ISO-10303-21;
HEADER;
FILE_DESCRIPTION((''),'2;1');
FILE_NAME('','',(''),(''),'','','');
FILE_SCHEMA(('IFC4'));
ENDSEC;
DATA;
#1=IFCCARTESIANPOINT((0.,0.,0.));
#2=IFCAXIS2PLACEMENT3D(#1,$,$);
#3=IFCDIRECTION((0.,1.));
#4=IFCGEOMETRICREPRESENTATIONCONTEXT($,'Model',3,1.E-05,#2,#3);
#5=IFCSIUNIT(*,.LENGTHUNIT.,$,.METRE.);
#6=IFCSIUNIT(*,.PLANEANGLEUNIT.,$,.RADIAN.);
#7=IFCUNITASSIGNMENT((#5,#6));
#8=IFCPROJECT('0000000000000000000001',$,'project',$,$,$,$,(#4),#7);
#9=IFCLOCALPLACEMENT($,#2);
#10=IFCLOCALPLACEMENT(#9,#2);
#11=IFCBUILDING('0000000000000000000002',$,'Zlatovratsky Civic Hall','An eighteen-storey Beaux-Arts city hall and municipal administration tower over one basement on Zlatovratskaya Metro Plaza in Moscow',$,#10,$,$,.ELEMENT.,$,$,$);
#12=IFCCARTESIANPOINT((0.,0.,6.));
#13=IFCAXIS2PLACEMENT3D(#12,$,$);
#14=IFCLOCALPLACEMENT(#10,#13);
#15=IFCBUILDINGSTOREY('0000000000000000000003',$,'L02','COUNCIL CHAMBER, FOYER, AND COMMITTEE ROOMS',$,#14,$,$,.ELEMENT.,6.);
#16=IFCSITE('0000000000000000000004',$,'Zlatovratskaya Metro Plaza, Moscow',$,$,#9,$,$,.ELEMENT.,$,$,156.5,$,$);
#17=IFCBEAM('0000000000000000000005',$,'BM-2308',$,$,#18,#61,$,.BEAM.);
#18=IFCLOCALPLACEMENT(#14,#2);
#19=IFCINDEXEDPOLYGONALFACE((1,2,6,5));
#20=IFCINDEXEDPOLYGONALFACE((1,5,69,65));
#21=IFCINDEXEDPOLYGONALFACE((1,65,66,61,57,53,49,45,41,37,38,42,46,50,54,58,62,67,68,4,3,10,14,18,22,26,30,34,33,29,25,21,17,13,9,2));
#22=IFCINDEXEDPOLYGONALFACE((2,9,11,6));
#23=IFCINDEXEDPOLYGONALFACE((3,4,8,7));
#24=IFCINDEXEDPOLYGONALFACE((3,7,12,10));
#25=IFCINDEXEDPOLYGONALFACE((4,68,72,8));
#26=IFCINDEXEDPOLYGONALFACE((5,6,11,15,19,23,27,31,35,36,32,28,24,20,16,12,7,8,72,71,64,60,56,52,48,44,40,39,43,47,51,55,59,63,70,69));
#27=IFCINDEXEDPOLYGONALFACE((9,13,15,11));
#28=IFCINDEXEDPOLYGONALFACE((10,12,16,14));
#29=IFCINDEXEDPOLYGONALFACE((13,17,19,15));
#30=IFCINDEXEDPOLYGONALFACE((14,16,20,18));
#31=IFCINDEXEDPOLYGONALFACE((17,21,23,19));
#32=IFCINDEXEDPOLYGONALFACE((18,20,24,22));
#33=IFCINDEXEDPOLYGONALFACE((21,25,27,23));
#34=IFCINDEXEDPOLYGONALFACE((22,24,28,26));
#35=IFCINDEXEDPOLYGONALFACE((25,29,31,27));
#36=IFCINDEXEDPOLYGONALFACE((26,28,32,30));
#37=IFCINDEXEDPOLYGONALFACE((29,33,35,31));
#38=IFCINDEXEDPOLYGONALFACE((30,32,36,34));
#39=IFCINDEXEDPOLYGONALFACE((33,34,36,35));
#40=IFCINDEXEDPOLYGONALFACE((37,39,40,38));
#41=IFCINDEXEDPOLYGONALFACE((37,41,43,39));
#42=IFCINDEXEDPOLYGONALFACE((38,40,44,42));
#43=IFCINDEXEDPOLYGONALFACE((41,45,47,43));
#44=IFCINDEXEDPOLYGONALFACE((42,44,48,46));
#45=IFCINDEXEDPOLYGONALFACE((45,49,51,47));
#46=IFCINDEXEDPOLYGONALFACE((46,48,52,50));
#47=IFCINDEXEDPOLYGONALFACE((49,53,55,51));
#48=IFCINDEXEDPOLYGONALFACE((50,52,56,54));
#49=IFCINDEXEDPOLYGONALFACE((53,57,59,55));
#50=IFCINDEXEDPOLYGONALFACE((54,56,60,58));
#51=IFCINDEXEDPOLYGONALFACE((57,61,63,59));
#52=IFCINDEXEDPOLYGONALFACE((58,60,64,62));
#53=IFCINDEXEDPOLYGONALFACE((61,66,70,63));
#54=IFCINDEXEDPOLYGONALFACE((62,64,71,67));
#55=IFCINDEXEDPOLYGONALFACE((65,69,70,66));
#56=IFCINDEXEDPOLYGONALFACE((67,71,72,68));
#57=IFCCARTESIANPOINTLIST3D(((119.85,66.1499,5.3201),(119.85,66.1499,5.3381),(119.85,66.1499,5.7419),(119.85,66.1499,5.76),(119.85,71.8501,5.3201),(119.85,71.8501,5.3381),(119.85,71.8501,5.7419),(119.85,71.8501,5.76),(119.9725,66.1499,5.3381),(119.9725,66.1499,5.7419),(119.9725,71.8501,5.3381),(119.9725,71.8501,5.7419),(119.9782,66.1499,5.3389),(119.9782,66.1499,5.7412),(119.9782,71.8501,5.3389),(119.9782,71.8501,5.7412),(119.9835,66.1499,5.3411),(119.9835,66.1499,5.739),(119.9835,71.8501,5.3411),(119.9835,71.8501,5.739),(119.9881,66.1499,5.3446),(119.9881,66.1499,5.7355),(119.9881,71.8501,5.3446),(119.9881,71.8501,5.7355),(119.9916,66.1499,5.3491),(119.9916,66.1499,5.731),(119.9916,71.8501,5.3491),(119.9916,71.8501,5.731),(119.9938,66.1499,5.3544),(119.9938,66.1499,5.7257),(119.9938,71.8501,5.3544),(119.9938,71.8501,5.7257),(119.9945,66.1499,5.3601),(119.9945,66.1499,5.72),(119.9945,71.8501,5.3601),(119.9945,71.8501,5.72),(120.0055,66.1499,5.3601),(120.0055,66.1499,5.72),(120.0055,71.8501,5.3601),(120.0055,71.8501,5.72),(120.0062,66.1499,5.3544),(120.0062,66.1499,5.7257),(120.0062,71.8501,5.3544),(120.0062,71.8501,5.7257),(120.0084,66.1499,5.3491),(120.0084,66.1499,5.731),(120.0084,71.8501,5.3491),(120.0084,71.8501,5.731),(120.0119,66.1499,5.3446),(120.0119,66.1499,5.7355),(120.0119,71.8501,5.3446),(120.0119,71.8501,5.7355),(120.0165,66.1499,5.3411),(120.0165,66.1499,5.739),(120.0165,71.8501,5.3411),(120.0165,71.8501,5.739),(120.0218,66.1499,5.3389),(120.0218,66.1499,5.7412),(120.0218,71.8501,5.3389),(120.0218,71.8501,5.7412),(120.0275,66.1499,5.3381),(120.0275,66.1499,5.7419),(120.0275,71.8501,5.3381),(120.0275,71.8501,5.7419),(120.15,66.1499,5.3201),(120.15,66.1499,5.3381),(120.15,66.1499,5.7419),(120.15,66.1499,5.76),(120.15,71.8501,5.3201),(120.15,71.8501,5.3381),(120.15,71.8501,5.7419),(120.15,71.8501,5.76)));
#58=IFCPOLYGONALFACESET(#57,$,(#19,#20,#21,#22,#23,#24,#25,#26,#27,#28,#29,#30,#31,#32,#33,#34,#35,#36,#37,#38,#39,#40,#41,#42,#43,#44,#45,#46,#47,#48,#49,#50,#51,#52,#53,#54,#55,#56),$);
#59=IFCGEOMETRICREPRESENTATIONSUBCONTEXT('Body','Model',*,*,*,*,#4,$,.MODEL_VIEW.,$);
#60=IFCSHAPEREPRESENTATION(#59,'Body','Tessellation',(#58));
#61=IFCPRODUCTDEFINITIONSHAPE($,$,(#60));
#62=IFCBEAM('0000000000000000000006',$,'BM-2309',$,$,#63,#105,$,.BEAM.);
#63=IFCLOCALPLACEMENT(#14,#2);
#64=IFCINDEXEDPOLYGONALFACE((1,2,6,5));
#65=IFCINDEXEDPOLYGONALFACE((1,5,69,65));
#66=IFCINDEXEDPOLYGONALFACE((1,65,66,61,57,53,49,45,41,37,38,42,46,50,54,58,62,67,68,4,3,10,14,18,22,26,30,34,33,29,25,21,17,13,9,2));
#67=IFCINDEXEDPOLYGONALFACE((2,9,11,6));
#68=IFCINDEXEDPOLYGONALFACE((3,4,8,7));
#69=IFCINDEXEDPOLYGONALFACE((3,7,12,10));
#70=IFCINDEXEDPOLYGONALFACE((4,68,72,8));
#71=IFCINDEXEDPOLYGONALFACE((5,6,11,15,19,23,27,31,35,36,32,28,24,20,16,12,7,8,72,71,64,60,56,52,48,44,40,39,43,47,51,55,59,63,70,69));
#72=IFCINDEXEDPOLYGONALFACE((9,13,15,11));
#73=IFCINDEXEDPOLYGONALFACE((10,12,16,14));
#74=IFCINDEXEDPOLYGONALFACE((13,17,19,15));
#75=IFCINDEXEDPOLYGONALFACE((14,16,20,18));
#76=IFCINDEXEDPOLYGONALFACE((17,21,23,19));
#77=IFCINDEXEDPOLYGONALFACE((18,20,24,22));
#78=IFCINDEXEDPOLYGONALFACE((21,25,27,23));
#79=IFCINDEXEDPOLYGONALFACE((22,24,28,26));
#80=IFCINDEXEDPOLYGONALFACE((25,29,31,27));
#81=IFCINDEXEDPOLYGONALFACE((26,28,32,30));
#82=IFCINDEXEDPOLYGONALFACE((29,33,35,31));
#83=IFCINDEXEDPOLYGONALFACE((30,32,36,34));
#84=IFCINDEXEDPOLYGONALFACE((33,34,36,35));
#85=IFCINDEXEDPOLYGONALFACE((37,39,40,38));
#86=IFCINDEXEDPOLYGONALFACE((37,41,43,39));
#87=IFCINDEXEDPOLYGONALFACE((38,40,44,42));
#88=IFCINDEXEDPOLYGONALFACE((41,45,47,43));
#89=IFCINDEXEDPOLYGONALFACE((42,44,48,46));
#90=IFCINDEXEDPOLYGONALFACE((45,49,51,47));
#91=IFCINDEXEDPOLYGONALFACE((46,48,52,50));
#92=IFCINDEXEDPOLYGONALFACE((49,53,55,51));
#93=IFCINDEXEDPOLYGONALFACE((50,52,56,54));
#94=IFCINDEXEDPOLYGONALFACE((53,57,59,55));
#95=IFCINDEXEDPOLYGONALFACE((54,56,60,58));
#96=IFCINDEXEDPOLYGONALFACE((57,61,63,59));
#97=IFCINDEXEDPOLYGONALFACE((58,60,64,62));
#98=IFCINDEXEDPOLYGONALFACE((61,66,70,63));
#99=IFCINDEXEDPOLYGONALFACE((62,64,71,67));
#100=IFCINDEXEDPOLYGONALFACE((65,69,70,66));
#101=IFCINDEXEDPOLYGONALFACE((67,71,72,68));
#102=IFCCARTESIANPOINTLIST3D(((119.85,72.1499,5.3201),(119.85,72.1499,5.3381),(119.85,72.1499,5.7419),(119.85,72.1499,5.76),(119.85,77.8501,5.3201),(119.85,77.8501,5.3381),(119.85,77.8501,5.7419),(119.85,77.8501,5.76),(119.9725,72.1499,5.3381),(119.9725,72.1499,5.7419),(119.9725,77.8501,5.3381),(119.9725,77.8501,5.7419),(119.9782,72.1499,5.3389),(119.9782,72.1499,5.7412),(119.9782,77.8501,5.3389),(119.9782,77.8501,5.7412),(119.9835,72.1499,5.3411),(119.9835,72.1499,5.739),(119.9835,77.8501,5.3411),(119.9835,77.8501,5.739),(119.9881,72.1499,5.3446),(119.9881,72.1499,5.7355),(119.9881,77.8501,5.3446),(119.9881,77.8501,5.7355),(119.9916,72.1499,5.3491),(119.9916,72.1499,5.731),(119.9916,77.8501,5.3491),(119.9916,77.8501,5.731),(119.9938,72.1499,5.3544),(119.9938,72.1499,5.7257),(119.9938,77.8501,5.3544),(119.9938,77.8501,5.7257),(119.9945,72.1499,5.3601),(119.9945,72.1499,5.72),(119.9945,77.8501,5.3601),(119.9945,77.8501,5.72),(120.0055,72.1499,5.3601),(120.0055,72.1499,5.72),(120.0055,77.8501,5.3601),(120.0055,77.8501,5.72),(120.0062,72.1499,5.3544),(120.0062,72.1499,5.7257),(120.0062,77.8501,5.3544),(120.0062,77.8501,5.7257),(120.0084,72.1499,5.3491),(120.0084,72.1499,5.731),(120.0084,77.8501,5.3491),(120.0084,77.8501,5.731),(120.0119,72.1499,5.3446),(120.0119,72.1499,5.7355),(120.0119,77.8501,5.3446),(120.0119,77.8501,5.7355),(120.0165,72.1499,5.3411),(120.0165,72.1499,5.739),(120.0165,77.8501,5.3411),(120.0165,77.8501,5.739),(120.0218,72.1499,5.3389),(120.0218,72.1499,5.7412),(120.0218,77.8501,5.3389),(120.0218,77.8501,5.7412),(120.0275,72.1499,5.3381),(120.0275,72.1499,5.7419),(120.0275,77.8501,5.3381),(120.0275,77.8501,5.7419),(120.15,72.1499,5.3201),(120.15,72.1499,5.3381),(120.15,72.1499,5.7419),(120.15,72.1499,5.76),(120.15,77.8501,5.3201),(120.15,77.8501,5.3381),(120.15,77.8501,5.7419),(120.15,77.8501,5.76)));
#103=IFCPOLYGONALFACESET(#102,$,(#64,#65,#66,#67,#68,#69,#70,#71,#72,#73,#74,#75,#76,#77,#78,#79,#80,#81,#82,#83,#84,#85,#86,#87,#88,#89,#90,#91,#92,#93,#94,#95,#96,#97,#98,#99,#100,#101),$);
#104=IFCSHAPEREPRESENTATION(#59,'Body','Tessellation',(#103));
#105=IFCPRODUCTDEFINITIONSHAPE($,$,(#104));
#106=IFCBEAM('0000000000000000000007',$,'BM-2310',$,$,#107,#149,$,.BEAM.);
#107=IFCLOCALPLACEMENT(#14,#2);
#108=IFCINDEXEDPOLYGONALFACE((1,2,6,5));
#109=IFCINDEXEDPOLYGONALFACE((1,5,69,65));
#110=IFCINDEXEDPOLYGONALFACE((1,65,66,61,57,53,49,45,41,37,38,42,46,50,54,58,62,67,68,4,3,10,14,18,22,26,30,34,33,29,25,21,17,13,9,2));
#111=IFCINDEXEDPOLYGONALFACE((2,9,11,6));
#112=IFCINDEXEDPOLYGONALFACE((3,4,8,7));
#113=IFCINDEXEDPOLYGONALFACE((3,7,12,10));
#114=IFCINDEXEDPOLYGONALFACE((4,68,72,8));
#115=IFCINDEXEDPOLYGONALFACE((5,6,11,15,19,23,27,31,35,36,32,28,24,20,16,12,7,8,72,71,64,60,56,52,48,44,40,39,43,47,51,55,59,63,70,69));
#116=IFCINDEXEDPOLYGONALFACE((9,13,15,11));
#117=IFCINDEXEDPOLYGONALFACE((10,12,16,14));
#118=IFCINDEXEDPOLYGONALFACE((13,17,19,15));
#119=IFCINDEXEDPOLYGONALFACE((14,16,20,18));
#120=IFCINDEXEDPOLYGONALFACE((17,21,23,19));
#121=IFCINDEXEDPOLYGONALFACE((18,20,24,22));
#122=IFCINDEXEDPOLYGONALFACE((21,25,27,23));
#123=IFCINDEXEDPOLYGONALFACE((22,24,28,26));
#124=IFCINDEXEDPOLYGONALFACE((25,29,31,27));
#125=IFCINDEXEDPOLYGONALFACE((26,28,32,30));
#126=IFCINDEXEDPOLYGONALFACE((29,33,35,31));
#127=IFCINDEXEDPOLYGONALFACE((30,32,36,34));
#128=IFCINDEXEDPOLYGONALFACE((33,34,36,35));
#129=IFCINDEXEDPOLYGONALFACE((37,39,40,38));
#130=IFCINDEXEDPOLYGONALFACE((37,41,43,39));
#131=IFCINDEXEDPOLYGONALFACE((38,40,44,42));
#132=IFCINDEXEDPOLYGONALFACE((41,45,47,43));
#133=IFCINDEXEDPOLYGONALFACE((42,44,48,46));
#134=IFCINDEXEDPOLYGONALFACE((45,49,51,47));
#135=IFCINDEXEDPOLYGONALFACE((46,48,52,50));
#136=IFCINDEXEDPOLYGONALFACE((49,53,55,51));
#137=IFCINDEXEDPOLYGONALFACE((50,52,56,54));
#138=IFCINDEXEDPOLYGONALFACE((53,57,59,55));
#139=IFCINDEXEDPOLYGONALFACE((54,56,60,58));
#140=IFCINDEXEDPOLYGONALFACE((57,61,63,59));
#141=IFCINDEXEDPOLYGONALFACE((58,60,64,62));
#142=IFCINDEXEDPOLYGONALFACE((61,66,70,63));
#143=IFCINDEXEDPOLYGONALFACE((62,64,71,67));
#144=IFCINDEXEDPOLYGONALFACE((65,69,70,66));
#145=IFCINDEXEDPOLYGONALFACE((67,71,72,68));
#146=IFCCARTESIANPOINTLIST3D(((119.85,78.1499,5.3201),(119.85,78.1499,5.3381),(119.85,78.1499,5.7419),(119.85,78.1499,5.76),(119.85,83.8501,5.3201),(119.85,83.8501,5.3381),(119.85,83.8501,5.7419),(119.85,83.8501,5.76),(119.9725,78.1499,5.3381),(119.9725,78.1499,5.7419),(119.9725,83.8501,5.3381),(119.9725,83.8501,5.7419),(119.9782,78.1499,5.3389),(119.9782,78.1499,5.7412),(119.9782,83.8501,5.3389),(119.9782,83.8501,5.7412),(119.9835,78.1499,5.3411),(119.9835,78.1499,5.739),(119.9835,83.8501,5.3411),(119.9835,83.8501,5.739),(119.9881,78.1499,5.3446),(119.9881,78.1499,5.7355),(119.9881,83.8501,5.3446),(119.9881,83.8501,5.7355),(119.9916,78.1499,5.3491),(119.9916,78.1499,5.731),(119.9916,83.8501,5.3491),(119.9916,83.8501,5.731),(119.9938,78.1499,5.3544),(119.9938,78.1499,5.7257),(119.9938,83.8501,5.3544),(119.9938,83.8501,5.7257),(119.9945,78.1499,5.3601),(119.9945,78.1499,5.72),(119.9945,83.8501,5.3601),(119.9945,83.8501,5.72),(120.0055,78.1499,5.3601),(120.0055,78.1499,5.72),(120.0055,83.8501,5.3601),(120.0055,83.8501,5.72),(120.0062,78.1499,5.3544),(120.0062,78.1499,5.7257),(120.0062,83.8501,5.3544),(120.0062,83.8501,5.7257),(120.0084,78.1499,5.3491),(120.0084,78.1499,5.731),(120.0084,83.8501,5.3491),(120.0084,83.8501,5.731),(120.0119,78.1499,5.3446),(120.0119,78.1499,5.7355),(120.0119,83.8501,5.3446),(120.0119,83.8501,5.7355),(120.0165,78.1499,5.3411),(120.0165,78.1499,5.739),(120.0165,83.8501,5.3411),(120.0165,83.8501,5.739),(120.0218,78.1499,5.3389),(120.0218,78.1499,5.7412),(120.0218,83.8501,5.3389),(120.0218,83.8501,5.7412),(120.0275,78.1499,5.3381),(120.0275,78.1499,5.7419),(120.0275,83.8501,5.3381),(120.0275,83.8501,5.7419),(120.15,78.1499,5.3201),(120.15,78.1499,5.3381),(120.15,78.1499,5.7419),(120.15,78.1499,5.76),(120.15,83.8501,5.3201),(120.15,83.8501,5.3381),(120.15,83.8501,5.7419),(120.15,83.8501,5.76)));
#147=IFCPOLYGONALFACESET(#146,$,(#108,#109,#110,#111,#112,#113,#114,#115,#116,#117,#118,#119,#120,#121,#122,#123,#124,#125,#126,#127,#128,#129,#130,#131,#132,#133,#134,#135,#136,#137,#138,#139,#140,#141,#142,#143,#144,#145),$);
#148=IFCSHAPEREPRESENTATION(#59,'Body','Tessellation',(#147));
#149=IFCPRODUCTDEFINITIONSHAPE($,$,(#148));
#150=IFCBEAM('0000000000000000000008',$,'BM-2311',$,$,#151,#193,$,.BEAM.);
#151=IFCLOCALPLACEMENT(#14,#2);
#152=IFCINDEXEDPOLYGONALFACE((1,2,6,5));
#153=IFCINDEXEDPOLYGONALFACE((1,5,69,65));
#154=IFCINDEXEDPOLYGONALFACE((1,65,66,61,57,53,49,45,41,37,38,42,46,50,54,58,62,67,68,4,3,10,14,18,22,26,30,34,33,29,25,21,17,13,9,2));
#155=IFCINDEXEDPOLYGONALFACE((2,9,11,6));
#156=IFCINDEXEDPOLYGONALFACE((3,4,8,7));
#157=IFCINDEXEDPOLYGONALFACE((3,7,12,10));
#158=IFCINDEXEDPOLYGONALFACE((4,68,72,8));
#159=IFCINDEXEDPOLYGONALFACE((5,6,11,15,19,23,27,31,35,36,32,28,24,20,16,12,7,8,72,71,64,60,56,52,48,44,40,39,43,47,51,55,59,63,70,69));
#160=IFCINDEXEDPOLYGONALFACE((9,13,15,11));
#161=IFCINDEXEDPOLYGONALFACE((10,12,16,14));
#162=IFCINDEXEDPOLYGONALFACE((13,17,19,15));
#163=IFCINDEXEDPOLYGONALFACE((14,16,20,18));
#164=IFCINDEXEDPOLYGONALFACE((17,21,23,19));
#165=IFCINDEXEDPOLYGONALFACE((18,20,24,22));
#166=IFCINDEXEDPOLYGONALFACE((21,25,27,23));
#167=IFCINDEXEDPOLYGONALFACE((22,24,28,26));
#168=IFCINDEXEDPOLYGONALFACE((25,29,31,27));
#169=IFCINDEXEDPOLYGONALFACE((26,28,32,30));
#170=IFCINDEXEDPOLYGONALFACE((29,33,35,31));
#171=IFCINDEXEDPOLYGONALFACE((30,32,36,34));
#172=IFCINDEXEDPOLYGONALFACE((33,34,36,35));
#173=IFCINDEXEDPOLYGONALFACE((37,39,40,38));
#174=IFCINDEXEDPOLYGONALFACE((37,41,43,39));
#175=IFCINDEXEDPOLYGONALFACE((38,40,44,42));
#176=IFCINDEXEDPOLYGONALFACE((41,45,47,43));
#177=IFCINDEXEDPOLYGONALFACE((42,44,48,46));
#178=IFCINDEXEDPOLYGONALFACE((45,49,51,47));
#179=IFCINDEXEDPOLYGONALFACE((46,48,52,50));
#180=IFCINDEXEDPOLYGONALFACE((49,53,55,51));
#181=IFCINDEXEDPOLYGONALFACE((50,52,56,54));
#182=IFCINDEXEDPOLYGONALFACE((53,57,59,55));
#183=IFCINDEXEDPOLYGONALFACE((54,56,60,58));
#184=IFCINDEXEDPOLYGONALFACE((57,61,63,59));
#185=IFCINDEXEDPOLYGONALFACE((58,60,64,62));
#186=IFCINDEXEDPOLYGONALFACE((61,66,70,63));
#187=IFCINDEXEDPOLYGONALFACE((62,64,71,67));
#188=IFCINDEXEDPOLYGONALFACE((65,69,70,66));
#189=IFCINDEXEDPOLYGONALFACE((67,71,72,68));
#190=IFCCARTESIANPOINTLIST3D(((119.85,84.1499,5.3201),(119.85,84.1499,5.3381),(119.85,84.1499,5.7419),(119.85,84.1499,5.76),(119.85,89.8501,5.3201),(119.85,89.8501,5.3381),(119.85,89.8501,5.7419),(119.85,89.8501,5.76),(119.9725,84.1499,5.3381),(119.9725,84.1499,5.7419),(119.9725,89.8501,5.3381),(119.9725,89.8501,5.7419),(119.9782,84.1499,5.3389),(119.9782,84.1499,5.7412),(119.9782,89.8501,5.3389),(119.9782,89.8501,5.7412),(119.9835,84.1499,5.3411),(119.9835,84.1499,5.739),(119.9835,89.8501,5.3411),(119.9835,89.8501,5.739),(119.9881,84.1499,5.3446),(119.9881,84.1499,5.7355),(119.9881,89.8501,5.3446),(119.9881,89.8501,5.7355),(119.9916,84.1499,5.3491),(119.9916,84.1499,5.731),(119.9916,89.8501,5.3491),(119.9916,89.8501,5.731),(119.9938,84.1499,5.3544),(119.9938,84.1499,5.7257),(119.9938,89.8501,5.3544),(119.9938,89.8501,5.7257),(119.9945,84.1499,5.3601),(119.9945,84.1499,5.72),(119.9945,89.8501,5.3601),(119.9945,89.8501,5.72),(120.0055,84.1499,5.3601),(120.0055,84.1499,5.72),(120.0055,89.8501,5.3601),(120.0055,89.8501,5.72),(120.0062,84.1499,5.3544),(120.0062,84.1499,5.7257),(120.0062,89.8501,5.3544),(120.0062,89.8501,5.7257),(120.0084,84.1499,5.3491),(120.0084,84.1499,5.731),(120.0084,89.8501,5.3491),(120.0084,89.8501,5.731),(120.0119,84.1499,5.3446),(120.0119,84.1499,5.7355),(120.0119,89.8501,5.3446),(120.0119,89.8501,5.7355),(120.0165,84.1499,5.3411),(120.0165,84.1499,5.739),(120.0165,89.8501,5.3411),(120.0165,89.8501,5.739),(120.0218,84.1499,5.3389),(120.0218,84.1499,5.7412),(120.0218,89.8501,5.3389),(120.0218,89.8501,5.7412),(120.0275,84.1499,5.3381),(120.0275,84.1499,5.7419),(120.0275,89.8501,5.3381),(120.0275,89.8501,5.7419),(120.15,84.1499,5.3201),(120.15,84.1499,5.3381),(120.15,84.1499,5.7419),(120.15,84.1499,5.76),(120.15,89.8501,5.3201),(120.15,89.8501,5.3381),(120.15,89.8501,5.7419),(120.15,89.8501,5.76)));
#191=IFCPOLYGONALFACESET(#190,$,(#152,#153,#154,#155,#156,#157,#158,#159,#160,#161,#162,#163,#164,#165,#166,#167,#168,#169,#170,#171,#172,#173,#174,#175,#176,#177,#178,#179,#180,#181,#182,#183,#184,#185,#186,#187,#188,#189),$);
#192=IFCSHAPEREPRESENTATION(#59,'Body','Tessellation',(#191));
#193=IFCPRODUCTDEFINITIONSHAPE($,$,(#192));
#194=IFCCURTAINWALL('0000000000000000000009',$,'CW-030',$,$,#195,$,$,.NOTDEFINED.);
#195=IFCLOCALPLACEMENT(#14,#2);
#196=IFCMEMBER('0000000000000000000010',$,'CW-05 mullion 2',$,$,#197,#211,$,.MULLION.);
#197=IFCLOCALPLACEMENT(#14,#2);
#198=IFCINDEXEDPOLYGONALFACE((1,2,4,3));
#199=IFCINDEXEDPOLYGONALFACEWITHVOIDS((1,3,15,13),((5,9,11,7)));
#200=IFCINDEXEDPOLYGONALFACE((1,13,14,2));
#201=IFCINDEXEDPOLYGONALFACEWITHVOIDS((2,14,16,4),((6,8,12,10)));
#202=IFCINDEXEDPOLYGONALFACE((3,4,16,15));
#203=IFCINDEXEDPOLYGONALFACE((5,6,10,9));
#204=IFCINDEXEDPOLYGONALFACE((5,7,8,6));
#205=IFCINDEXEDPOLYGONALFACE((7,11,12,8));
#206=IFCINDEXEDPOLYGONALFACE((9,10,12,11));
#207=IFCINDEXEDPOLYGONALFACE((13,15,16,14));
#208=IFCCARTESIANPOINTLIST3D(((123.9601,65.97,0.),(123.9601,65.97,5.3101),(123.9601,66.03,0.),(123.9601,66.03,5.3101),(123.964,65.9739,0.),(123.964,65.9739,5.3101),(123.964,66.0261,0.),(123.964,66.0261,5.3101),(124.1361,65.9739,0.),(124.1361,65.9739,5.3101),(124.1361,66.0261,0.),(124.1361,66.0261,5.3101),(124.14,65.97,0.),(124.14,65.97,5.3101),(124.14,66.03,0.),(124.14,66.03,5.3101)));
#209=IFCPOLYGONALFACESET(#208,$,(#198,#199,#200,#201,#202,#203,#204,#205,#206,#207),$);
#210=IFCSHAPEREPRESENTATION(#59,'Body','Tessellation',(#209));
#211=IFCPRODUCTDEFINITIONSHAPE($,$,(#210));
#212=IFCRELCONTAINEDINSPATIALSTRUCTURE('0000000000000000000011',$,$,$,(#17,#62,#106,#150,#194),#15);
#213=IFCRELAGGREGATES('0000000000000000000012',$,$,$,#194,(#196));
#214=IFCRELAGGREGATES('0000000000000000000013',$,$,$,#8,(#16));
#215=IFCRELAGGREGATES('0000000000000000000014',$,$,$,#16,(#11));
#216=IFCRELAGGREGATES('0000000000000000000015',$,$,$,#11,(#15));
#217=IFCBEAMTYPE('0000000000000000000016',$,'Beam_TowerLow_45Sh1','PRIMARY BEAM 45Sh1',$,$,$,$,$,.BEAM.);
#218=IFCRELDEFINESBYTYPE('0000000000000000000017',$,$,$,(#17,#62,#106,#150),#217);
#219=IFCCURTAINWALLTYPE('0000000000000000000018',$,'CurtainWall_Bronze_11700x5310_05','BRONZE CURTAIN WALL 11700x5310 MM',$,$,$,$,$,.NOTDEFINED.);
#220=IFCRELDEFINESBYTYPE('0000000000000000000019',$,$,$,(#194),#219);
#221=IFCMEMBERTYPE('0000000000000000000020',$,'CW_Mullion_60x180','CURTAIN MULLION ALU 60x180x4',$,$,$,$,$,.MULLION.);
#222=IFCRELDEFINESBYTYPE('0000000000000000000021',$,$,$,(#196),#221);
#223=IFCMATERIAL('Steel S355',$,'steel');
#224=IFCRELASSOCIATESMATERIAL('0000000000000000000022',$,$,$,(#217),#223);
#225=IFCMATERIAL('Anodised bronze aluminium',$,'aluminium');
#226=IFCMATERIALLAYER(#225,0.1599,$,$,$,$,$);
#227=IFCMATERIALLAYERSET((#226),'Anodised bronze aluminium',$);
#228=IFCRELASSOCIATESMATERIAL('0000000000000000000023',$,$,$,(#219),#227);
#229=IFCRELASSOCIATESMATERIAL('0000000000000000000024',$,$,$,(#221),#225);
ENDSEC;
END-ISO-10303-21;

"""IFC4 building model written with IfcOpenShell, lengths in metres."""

from ifc_helpers import new_model, si_unit, direction, frame, origin, origin_2d, place, context, subcontext, project, spatial, hollow_rectangle, i_section, extrude, material, layer, layer_set, material_profile, profile_set, type_object, element, aggregate, save


model = new_model("IFC4")

# Units and contexts
model_context = context("Model", 3, precision=1e-05, world=origin(), true_north=direction((0.0, 1.0)))
body_context = subcontext(model_context, "Body", "Model", "MODEL_VIEW")
ifc_project = project(units=[si_unit("LENGTHUNIT", "METRE"), si_unit("PLANEANGLEUNIT", "RADIAN")], contexts=[model_context])

# Site, building, storey
site_placement = place(None, origin())
site = spatial("IfcSite", under=ifc_project, at=site_placement, Name="Zlatovratskaya Metro Plaza, Moscow", CompositionType="ELEMENT", RefElevation=156.5)
building_placement = place(site_placement, origin())
building = spatial("IfcBuilding", under=site, at=building_placement, Name="Zlatovratsky Civic Hall", Description="An eighteen-storey Beaux-Arts city hall and municipal administration tower over one basement on Zlatovratskaya Metro Plaza in Moscow", CompositionType="ELEMENT")
storey_placement = place(building_placement, frame((0.0, 0.0, 6.0)))
storey = spatial("IfcBuildingStorey", under=building, at=storey_placement, Name="L02", Description="COUNCIL CHAMBER, FOYER, AND COMMITTEE ROOMS", CompositionType="ELEMENT", Elevation=6.0)

# Shared definitions
ifc_material_1 = material(Name="Steel S355", Category="steel")

# Beams
ifc_material_profile_1 = material_profile(ifc_material_1, i_section(OverallWidth=0.3, OverallDepth=0.4399, WebThickness=0.011, FlangeThickness=0.0181, FilletRadius=0.022, at=origin_2d()), Name="45Sh1")
ifc_profile_set_1 = profile_set([ifc_material_profile_1], Name="Steel S355")
beam_type_1 = type_object("IfcBeamType", Name="Beam_TowerLow_45Sh1", Description="PRIMARY BEAM 45Sh1", PredefinedType="BEAM", material=ifc_profile_set_1)
for number, where, z_axis, x_axis, name in (
    (1, (120.0, 66.1499, 5.54), (0.0, 1.0, 0.0), (-1.0, 0.0, 0.0), "BM-2308"),
    (2, (120.0, 72.1499, 5.54), (0.0, 1.0, 0.0), (-1.0, 0.0, 0.0), "BM-2309"),
    (3, (120.0, 78.1499, 5.54), (0.0, 1.0, 0.0), (-1.0, 0.0, 0.0), "BM-2310"),
    (4, (120.0, 84.1499, 5.54), (0.0, 1.0, 0.0), (-1.0, 0.0, 0.0), "BM-2311"),
):
    element("IfcBeam", number, at=place(storey_placement, frame(where, z_axis=z_axis, x_axis=x_axis)), inside=storey, type_object=beam_type_1, Name=name, PredefinedType="BEAM", context=body_context, shape_type="SweptSolid", body=[
        extrude(i_section(OverallWidth=0.3, OverallDepth=0.4399, WebThickness=0.011, FlangeThickness=0.0181, FilletRadius=0.022, at=origin_2d()), origin(), (0.0, 0.0, 1.0), 5.7002),
    ])

# Curtain wall, member
ifc_material_2 = material(Name="Anodised bronze aluminium", Category="aluminium")
ifc_layer_1 = layer(ifc_material_2, 0.1599)
ifc_layer_set_1 = layer_set([ifc_layer_1], Name="Anodised bronze aluminium")
curtain_wall_type = type_object("IfcCurtainWallType", Name="CurtainWall_Bronze_11700x5310_05", Description="BRONZE CURTAIN WALL 11700x5310 MM", PredefinedType="NOTDEFINED", material=ifc_layer_set_1)
curtain_wall_placement = place(storey_placement, origin())
curtain_wall = element("IfcCurtainWall", 5, at=curtain_wall_placement, inside=storey, type_object=curtain_wall_type, Name="CW-030", PredefinedType="NOTDEFINED")
ifc_material_profile_2 = material_profile(ifc_material_2, hollow_rectangle(XDim=0.0601, YDim=0.1799, WallThickness=0.0039, at=origin_2d()), Name="ALU 60x180x4")
ifc_profile_set_2 = profile_set([ifc_material_profile_2], Name="Anodised bronze aluminium")
member_type_1 = type_object("IfcMemberType", Name="CW_Mullion_60x180", Description="CURTAIN MULLION ALU 60x180x4", PredefinedType="MULLION", material=ifc_profile_set_2)
member_1_placement = place(storey_placement, frame((124.05, 66.0, 0.0), z_axis=(0.0, 0.0, 1.0), x_axis=(0.0, 1.0, 0.0)))
member_1 = element("IfcMember", 6, at=member_1_placement, type_object=member_type_1, Name="CW-05 mullion 2", PredefinedType="MULLION", context=body_context, shape_type="SweptSolid", body=[
    extrude(hollow_rectangle(XDim=0.0601, YDim=0.1799, WallThickness=0.0039, at=origin_2d()), origin(), (0.0, 0.0, 1.0), 5.3101),
])
aggregate(curtain_wall, [member_1])

save(model, "model.ifc")
